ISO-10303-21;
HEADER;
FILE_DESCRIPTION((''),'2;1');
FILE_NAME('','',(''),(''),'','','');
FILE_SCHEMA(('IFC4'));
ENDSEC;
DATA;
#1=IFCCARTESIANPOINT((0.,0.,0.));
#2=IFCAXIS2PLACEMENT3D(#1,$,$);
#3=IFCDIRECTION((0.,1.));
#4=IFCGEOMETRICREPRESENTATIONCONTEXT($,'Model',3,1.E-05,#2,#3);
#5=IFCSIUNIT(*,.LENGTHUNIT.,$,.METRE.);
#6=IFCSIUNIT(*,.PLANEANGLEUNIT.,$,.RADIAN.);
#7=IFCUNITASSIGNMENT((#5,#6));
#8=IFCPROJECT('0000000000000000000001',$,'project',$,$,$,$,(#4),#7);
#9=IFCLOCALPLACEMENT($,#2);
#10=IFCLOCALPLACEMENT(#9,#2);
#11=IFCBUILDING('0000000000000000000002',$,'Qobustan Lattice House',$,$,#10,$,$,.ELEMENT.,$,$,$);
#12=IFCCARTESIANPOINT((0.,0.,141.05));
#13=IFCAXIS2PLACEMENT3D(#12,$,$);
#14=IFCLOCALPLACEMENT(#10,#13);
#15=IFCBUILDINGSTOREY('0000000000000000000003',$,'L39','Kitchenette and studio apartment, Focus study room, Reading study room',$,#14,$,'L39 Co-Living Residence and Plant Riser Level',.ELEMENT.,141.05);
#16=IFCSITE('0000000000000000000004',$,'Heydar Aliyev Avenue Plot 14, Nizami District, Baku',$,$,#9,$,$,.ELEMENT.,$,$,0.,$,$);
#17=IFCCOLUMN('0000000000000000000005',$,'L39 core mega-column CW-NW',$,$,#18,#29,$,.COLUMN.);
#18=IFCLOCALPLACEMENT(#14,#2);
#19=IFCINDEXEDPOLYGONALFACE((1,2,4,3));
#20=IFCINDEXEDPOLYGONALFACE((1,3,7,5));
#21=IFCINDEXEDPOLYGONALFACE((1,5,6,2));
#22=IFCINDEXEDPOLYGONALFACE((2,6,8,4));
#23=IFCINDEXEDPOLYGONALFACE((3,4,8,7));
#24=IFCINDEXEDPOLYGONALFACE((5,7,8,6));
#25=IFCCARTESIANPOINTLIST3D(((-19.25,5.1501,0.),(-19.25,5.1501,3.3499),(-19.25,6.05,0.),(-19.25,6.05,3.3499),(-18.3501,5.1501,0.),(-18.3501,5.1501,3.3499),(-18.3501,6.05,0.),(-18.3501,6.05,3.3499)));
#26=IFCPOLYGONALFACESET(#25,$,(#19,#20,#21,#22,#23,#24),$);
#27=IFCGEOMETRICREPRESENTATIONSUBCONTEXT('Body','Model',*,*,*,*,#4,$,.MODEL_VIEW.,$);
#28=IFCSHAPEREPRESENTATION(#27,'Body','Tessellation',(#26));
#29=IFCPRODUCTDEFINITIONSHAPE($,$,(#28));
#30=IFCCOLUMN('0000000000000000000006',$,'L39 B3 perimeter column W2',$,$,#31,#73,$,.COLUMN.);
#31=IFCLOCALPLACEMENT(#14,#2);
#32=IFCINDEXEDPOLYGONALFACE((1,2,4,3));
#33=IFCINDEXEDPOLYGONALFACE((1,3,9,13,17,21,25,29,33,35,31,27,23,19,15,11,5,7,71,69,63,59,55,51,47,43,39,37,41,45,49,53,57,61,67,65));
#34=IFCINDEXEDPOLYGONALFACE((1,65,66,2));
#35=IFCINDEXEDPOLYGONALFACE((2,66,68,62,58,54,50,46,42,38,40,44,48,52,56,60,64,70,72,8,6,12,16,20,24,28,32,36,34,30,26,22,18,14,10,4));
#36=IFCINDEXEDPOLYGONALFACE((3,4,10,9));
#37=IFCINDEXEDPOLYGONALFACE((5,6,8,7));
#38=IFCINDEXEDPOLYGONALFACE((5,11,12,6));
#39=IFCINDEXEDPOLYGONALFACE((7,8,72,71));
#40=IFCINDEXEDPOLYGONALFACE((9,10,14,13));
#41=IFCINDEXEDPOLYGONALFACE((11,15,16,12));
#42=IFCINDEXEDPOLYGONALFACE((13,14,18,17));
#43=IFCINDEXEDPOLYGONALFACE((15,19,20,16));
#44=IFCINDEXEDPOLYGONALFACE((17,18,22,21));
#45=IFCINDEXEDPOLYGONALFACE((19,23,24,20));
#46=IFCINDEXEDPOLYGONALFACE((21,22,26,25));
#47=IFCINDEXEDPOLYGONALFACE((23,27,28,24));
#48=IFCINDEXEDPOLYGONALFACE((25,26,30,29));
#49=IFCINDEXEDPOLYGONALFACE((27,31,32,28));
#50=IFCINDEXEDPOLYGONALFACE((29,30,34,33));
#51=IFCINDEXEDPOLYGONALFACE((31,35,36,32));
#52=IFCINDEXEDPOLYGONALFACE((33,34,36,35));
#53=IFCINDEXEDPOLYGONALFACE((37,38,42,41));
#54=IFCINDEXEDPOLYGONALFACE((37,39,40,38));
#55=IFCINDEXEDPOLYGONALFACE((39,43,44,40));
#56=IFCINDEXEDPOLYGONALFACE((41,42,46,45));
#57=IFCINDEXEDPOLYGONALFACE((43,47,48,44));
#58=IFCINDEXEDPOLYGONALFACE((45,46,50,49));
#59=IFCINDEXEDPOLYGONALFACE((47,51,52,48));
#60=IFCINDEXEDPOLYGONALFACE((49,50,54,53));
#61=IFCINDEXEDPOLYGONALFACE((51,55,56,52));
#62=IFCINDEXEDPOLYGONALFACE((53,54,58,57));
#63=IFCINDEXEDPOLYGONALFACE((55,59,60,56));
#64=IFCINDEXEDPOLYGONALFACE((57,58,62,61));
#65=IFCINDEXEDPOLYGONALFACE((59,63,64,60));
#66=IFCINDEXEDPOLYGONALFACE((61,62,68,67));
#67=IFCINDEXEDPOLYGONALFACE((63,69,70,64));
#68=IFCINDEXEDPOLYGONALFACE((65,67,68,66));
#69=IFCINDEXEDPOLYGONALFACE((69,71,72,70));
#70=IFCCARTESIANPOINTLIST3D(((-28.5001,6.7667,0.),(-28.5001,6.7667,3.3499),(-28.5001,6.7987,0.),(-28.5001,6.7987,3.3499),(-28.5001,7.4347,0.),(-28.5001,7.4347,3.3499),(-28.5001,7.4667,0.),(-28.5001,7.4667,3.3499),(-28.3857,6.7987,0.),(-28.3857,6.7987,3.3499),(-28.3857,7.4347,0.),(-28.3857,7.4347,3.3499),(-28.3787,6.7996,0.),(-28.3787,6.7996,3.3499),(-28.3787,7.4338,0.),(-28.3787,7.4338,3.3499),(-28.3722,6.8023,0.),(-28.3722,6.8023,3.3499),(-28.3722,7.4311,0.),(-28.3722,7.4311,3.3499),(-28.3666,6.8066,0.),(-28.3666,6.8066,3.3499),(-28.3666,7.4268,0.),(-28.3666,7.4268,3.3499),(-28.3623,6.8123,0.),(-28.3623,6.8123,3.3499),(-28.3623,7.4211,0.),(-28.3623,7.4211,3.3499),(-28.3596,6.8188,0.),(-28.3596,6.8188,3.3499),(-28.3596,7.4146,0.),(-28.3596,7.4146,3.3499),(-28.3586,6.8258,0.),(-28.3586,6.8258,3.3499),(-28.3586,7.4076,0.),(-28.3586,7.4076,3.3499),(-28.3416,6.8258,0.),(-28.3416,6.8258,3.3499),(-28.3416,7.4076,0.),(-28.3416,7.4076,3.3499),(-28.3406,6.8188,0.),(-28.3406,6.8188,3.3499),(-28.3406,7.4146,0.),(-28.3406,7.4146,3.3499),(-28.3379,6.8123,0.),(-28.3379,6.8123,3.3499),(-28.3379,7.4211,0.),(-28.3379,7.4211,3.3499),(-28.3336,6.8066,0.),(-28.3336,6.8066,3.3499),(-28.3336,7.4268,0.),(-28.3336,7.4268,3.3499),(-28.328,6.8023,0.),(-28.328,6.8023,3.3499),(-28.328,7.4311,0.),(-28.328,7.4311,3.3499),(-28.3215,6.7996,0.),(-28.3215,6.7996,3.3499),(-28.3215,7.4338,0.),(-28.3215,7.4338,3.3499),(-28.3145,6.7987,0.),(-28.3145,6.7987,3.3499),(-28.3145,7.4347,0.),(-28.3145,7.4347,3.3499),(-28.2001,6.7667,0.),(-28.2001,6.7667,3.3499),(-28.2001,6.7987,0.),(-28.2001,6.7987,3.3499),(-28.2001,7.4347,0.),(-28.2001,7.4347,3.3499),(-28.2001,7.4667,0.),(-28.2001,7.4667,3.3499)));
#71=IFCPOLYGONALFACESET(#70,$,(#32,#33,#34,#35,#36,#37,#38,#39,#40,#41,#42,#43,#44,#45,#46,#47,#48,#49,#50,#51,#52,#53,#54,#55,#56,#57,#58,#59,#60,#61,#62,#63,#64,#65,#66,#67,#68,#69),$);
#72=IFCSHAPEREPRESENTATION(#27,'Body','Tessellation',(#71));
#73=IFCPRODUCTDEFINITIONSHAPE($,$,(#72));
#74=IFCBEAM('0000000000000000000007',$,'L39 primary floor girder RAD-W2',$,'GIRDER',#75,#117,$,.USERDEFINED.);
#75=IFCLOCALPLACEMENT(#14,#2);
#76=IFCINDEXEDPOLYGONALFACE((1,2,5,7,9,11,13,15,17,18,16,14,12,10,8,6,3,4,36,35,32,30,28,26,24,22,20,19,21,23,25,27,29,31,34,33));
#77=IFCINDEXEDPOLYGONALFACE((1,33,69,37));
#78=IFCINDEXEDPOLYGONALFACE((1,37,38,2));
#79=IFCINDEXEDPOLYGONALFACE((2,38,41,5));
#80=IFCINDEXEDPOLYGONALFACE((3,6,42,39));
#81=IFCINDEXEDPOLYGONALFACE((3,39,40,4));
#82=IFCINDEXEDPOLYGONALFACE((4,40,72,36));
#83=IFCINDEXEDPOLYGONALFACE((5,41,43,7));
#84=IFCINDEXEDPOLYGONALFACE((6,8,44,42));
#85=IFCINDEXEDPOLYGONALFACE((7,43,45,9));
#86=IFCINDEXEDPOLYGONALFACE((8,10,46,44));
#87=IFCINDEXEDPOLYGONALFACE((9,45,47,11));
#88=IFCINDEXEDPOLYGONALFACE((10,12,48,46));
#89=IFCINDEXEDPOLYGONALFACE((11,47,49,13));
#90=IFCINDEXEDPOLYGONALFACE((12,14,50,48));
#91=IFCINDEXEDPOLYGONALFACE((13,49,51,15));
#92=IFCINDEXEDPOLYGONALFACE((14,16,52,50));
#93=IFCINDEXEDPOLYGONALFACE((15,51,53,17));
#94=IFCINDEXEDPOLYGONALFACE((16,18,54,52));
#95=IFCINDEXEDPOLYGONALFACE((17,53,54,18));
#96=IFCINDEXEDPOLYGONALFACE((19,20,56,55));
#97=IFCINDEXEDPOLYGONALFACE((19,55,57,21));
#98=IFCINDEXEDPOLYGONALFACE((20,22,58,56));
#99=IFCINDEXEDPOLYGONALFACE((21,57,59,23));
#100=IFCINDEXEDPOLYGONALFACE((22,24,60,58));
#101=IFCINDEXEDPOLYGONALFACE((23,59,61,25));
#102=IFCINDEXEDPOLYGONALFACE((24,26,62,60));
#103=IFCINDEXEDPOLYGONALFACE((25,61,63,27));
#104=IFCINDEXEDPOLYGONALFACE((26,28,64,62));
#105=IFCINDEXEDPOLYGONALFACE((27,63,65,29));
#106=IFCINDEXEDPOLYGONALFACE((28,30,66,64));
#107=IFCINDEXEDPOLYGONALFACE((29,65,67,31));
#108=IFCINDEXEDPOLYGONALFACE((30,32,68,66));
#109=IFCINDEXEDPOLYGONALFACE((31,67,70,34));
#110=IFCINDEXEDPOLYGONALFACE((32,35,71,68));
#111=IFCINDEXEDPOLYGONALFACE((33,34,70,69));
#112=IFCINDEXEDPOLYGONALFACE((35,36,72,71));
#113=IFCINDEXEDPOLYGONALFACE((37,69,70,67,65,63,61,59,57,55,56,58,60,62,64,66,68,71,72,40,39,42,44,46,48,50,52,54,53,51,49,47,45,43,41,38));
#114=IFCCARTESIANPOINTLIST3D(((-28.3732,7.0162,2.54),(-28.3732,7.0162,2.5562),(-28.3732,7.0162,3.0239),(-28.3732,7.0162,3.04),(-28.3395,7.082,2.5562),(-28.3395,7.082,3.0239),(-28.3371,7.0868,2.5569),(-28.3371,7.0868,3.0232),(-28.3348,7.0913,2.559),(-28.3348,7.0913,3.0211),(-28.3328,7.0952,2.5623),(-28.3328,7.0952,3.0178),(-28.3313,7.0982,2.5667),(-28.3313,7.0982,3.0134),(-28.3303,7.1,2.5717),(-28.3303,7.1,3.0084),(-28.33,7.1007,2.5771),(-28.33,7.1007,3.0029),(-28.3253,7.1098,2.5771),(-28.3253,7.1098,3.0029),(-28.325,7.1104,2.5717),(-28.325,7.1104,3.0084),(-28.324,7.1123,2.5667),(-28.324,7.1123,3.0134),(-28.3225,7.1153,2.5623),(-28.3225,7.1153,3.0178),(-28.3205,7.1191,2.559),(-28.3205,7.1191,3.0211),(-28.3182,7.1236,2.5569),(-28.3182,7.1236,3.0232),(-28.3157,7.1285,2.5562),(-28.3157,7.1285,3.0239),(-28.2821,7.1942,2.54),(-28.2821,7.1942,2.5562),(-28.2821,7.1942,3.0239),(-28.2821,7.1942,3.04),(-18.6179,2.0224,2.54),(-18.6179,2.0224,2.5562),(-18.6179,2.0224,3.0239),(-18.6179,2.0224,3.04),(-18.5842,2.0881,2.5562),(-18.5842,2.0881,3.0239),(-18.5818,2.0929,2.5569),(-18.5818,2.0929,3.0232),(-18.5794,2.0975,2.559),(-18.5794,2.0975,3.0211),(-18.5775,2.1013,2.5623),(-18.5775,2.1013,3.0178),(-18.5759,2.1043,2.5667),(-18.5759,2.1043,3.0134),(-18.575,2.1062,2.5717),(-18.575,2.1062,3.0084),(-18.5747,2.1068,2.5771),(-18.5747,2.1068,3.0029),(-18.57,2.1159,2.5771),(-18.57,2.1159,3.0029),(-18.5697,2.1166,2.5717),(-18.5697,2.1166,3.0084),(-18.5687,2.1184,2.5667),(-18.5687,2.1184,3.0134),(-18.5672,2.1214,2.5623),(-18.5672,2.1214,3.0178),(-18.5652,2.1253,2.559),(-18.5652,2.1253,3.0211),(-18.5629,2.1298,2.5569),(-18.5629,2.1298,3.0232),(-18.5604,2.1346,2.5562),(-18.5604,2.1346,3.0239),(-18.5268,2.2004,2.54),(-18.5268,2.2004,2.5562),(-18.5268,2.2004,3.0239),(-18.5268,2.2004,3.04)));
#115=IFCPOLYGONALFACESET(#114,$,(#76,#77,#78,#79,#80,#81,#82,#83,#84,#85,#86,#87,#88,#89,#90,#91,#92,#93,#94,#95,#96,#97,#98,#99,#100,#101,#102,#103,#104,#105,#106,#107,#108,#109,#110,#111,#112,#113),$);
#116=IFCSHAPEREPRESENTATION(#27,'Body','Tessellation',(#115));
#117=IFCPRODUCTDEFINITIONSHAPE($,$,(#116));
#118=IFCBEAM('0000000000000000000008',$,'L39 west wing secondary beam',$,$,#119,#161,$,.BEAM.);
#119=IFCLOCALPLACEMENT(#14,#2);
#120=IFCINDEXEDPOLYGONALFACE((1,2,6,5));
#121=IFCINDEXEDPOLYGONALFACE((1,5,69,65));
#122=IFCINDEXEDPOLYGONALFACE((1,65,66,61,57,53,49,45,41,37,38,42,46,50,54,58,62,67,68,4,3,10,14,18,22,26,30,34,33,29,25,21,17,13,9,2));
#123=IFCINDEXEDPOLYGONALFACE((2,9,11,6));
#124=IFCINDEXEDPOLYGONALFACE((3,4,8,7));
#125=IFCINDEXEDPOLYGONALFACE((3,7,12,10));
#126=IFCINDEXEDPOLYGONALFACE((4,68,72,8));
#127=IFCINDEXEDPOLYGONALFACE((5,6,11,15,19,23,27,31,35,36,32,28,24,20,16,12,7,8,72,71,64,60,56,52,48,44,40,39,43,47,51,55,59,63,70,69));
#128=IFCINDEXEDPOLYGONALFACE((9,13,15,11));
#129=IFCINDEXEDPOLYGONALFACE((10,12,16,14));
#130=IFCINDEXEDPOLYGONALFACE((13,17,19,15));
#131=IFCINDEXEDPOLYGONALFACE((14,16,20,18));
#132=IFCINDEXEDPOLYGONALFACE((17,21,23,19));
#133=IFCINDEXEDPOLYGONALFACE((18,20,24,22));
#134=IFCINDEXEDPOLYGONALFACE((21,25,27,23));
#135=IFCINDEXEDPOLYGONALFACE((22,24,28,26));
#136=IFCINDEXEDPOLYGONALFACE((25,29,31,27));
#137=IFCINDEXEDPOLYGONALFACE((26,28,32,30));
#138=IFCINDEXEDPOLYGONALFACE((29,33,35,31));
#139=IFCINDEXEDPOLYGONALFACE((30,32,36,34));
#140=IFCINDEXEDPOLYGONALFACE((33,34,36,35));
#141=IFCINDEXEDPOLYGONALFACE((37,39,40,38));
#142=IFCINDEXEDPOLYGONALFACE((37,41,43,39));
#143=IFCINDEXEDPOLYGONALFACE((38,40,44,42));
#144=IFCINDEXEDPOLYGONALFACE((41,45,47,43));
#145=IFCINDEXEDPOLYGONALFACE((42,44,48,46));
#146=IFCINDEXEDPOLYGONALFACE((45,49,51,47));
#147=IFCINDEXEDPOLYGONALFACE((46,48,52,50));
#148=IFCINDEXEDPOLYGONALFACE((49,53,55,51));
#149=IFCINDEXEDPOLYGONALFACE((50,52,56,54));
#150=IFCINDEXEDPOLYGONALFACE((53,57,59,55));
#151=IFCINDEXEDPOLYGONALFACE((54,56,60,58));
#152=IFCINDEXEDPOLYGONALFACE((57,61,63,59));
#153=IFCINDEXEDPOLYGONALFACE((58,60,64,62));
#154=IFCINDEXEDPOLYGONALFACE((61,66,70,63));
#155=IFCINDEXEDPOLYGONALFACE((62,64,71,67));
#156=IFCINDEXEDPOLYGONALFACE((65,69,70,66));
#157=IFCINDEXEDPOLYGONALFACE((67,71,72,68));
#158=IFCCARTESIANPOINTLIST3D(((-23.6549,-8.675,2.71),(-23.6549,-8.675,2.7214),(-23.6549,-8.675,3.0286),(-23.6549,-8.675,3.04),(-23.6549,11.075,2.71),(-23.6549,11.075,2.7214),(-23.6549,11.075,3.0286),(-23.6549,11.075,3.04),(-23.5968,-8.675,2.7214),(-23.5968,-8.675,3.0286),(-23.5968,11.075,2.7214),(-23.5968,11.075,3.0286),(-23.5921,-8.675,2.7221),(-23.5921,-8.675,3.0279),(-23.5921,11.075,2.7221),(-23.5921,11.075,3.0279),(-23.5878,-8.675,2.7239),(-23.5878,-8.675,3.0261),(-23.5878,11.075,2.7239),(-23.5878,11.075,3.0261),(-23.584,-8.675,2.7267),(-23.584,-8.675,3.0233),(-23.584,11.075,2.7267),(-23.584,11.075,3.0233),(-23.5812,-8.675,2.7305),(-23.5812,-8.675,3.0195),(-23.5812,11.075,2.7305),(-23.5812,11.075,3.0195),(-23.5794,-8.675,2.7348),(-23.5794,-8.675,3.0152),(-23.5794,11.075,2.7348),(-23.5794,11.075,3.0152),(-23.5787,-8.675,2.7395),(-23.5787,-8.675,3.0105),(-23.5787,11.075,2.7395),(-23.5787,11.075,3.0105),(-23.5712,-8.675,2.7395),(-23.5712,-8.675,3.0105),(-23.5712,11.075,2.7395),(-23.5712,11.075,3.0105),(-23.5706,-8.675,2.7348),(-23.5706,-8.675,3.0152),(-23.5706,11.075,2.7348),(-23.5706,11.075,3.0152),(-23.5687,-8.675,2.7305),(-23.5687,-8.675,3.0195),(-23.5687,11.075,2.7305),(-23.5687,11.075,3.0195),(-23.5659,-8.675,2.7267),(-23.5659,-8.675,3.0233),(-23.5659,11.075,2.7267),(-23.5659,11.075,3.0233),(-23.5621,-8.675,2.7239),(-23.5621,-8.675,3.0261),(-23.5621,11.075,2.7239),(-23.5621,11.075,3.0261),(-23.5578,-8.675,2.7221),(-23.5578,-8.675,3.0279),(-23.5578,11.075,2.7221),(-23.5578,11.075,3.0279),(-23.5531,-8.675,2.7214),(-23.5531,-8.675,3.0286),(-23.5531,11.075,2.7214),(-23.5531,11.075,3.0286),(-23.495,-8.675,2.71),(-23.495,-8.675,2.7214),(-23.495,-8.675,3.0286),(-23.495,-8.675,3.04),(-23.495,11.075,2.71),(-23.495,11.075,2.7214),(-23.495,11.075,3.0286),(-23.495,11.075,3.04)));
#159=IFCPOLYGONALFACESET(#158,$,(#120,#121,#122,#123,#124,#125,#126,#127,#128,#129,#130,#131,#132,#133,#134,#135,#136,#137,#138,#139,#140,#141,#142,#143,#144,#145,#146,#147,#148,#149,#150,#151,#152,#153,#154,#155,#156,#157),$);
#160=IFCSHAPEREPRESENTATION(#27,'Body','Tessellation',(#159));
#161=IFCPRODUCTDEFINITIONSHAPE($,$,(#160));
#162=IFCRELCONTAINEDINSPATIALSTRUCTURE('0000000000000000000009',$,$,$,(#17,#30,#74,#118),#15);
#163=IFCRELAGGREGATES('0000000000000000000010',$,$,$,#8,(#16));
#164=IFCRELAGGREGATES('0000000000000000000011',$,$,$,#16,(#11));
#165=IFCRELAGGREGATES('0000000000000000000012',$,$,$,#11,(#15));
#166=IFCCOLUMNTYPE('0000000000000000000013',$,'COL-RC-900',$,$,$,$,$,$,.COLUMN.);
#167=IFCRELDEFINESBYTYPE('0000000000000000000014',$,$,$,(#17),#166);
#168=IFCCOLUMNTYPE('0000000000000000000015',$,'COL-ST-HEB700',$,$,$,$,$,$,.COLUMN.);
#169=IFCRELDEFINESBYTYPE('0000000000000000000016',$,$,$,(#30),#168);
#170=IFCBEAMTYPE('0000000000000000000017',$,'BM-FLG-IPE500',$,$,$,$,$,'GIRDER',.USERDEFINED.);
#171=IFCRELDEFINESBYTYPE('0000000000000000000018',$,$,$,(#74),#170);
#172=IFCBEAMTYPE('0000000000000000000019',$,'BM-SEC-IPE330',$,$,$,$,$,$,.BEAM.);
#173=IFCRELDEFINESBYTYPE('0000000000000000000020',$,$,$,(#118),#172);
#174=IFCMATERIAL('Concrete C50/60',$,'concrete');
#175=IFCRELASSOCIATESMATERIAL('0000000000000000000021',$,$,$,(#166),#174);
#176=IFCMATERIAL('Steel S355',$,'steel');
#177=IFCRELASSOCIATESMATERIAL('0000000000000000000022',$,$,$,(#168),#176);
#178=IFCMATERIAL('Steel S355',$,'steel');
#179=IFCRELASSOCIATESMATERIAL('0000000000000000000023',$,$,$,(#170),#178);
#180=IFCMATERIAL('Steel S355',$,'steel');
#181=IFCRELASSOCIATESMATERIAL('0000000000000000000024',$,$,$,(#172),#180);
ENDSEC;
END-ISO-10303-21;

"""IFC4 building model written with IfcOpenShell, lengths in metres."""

from ifc_helpers import new_model, si_unit, direction, frame, origin, origin_2d, place, context, subcontext, project, spatial, rectangle, i_section, extrude, material, material_profile, profile_set, type_object, element, save


model = new_model("IFC4")

# Units and contexts
model_context = context("Model", 3, precision=1e-05, world=origin(), true_north=direction((0.0, 1.0)))
body_context = subcontext(model_context, "Body", "Model", "MODEL_VIEW")
ifc_project = project(units=[si_unit("LENGTHUNIT", "METRE"), si_unit("PLANEANGLEUNIT", "RADIAN")], contexts=[model_context])

# Site, building, storey
site_placement = place(None, origin())
site = spatial("IfcSite", under=ifc_project, at=site_placement, Name="Heydar Aliyev Avenue Plot 14, Nizami District, Baku", CompositionType="ELEMENT", RefElevation=0.0)
building_placement = place(site_placement, origin())
building = spatial("IfcBuilding", under=site, at=building_placement, Name="Qobustan Lattice House", CompositionType="ELEMENT")
storey_placement = place(building_placement, frame((0.0, 0.0, 141.05)))
storey = spatial("IfcBuildingStorey", under=building, at=storey_placement, Name="L39", Description="Kitchenette and studio apartment, Focus study room, Reading study room", LongName="L39 Co-Living Residence and Plant Riser Level", CompositionType="ELEMENT", Elevation=141.05)

# Columns
ifc_material_1 = material(Name="Concrete C50/60", Category="concrete")
ifc_material_profile_1 = material_profile(ifc_material_1, rectangle(XDim=0.8999, YDim=0.8999, at=origin_2d()), Name="RC900x900")
ifc_profile_set_1 = profile_set([ifc_material_profile_1], Name="Concrete C50/60")
column_type_1 = type_object("IfcColumnType", Name="COL-RC-900", PredefinedType="COLUMN", material=ifc_profile_set_1)
column_1_placement = place(storey_placement, frame((-18.8, 5.6001, 0.0), z_axis=(0.0, 0.0, 1.0), x_axis=(1.0, 0.0, 0.0)))
element("IfcColumn", 1, at=column_1_placement, inside=storey, type_object=column_type_1, Name="L39 core mega-column CW-NW", PredefinedType="COLUMN", context=body_context, shape_type="SweptSolid", body=[
    extrude(rectangle(XDim=0.8999, YDim=0.8999, at=origin_2d()), origin(), (0.0, 0.0, 1.0), 3.3499),
])
ifc_material_2 = material(Name="Steel S355", Category="steel")
ifc_material_profile_2 = material_profile(ifc_material_2, i_section(OverallWidth=0.3, OverallDepth=0.7, WebThickness=0.0171, FlangeThickness=0.032, FilletRadius=0.0271, at=origin_2d()), Name="HEB700")
ifc_profile_set_2 = profile_set([ifc_material_profile_2], Name="Steel S355")
column_type_2 = type_object("IfcColumnType", Name="COL-ST-HEB700", PredefinedType="COLUMN", material=ifc_profile_set_2)
column_2_placement = place(storey_placement, frame((-28.3501, 7.1167, 0.0), z_axis=(0.0, 0.0, 1.0), x_axis=(1.0, 0.0, 0.0)))
element("IfcColumn", 2, at=column_2_placement, inside=storey, type_object=column_type_2, Name="L39 B3 perimeter column W2", PredefinedType="COLUMN", context=body_context, shape_type="SweptSolid", body=[
    extrude(i_section(OverallWidth=0.3, OverallDepth=0.7, WebThickness=0.0171, FlangeThickness=0.032, FilletRadius=0.0271, at=origin_2d()), origin(), (0.0, 0.0, 1.0), 3.3499),
])

# Beams
ifc_material_3 = material(Name="Steel S355", Category="steel")
ifc_material_profile_3 = material_profile(ifc_material_3, i_section(OverallWidth=0.2, OverallDepth=0.5, WebThickness=0.0103, FlangeThickness=0.0161, FilletRadius=0.021, at=origin_2d()), Name="IPE500")
ifc_profile_set_3 = profile_set([ifc_material_profile_3], Name="Steel S355")
beam_type_1 = type_object("IfcBeamType", Name="BM-FLG-IPE500", ElementType="GIRDER", PredefinedType="USERDEFINED", material=ifc_profile_set_3)
beam_1_placement = place(storey_placement, frame((-28.3276, 7.1052, 2.79), z_axis=(0.890145, -0.455677, 0.0), x_axis=(0.455677, 0.890145, 0.0)))
element("IfcBeam", 3, at=beam_1_placement, inside=storey, type_object=beam_type_1, Name="L39 primary floor girder RAD-W2", ObjectType="GIRDER", PredefinedType="USERDEFINED", context=body_context, shape_type="SweptSolid", body=[
    extrude(i_section(OverallWidth=0.2, OverallDepth=0.5, WebThickness=0.0103, FlangeThickness=0.0161, FilletRadius=0.021, at=origin_2d()), origin(), (0.0, 0.0, 1.0), 10.9592),
])
ifc_material_4 = material(Name="Steel S355", Category="steel")
ifc_material_profile_4 = material_profile(ifc_material_4, i_section(OverallWidth=0.1599, OverallDepth=0.3301, WebThickness=0.0076, FlangeThickness=0.0115, FilletRadius=0.0181, at=origin_2d()), Name="IPE330")
ifc_profile_set_4 = profile_set([ifc_material_profile_4], Name="Steel S355")
beam_type_2 = type_object("IfcBeamType", Name="BM-SEC-IPE330", PredefinedType="BEAM", material=ifc_profile_set_4)
beam_2_placement = place(storey_placement, frame((-23.575, 11.075, 2.875), z_axis=(0.0, -1.0, 0.0), x_axis=(1.0, 0.0, 0.0)))
element("IfcBeam", 4, at=beam_2_placement, inside=storey, type_object=beam_type_2, Name="L39 west wing secondary beam", PredefinedType="BEAM", context=body_context, shape_type="SweptSolid", body=[
    extrude(i_section(OverallWidth=0.1599, OverallDepth=0.3301, WebThickness=0.0076, FlangeThickness=0.0115, FilletRadius=0.0181, at=origin_2d()), origin(), (0.0, 0.0, 1.0), 19.75),
])

save(model, "model.ifc")
